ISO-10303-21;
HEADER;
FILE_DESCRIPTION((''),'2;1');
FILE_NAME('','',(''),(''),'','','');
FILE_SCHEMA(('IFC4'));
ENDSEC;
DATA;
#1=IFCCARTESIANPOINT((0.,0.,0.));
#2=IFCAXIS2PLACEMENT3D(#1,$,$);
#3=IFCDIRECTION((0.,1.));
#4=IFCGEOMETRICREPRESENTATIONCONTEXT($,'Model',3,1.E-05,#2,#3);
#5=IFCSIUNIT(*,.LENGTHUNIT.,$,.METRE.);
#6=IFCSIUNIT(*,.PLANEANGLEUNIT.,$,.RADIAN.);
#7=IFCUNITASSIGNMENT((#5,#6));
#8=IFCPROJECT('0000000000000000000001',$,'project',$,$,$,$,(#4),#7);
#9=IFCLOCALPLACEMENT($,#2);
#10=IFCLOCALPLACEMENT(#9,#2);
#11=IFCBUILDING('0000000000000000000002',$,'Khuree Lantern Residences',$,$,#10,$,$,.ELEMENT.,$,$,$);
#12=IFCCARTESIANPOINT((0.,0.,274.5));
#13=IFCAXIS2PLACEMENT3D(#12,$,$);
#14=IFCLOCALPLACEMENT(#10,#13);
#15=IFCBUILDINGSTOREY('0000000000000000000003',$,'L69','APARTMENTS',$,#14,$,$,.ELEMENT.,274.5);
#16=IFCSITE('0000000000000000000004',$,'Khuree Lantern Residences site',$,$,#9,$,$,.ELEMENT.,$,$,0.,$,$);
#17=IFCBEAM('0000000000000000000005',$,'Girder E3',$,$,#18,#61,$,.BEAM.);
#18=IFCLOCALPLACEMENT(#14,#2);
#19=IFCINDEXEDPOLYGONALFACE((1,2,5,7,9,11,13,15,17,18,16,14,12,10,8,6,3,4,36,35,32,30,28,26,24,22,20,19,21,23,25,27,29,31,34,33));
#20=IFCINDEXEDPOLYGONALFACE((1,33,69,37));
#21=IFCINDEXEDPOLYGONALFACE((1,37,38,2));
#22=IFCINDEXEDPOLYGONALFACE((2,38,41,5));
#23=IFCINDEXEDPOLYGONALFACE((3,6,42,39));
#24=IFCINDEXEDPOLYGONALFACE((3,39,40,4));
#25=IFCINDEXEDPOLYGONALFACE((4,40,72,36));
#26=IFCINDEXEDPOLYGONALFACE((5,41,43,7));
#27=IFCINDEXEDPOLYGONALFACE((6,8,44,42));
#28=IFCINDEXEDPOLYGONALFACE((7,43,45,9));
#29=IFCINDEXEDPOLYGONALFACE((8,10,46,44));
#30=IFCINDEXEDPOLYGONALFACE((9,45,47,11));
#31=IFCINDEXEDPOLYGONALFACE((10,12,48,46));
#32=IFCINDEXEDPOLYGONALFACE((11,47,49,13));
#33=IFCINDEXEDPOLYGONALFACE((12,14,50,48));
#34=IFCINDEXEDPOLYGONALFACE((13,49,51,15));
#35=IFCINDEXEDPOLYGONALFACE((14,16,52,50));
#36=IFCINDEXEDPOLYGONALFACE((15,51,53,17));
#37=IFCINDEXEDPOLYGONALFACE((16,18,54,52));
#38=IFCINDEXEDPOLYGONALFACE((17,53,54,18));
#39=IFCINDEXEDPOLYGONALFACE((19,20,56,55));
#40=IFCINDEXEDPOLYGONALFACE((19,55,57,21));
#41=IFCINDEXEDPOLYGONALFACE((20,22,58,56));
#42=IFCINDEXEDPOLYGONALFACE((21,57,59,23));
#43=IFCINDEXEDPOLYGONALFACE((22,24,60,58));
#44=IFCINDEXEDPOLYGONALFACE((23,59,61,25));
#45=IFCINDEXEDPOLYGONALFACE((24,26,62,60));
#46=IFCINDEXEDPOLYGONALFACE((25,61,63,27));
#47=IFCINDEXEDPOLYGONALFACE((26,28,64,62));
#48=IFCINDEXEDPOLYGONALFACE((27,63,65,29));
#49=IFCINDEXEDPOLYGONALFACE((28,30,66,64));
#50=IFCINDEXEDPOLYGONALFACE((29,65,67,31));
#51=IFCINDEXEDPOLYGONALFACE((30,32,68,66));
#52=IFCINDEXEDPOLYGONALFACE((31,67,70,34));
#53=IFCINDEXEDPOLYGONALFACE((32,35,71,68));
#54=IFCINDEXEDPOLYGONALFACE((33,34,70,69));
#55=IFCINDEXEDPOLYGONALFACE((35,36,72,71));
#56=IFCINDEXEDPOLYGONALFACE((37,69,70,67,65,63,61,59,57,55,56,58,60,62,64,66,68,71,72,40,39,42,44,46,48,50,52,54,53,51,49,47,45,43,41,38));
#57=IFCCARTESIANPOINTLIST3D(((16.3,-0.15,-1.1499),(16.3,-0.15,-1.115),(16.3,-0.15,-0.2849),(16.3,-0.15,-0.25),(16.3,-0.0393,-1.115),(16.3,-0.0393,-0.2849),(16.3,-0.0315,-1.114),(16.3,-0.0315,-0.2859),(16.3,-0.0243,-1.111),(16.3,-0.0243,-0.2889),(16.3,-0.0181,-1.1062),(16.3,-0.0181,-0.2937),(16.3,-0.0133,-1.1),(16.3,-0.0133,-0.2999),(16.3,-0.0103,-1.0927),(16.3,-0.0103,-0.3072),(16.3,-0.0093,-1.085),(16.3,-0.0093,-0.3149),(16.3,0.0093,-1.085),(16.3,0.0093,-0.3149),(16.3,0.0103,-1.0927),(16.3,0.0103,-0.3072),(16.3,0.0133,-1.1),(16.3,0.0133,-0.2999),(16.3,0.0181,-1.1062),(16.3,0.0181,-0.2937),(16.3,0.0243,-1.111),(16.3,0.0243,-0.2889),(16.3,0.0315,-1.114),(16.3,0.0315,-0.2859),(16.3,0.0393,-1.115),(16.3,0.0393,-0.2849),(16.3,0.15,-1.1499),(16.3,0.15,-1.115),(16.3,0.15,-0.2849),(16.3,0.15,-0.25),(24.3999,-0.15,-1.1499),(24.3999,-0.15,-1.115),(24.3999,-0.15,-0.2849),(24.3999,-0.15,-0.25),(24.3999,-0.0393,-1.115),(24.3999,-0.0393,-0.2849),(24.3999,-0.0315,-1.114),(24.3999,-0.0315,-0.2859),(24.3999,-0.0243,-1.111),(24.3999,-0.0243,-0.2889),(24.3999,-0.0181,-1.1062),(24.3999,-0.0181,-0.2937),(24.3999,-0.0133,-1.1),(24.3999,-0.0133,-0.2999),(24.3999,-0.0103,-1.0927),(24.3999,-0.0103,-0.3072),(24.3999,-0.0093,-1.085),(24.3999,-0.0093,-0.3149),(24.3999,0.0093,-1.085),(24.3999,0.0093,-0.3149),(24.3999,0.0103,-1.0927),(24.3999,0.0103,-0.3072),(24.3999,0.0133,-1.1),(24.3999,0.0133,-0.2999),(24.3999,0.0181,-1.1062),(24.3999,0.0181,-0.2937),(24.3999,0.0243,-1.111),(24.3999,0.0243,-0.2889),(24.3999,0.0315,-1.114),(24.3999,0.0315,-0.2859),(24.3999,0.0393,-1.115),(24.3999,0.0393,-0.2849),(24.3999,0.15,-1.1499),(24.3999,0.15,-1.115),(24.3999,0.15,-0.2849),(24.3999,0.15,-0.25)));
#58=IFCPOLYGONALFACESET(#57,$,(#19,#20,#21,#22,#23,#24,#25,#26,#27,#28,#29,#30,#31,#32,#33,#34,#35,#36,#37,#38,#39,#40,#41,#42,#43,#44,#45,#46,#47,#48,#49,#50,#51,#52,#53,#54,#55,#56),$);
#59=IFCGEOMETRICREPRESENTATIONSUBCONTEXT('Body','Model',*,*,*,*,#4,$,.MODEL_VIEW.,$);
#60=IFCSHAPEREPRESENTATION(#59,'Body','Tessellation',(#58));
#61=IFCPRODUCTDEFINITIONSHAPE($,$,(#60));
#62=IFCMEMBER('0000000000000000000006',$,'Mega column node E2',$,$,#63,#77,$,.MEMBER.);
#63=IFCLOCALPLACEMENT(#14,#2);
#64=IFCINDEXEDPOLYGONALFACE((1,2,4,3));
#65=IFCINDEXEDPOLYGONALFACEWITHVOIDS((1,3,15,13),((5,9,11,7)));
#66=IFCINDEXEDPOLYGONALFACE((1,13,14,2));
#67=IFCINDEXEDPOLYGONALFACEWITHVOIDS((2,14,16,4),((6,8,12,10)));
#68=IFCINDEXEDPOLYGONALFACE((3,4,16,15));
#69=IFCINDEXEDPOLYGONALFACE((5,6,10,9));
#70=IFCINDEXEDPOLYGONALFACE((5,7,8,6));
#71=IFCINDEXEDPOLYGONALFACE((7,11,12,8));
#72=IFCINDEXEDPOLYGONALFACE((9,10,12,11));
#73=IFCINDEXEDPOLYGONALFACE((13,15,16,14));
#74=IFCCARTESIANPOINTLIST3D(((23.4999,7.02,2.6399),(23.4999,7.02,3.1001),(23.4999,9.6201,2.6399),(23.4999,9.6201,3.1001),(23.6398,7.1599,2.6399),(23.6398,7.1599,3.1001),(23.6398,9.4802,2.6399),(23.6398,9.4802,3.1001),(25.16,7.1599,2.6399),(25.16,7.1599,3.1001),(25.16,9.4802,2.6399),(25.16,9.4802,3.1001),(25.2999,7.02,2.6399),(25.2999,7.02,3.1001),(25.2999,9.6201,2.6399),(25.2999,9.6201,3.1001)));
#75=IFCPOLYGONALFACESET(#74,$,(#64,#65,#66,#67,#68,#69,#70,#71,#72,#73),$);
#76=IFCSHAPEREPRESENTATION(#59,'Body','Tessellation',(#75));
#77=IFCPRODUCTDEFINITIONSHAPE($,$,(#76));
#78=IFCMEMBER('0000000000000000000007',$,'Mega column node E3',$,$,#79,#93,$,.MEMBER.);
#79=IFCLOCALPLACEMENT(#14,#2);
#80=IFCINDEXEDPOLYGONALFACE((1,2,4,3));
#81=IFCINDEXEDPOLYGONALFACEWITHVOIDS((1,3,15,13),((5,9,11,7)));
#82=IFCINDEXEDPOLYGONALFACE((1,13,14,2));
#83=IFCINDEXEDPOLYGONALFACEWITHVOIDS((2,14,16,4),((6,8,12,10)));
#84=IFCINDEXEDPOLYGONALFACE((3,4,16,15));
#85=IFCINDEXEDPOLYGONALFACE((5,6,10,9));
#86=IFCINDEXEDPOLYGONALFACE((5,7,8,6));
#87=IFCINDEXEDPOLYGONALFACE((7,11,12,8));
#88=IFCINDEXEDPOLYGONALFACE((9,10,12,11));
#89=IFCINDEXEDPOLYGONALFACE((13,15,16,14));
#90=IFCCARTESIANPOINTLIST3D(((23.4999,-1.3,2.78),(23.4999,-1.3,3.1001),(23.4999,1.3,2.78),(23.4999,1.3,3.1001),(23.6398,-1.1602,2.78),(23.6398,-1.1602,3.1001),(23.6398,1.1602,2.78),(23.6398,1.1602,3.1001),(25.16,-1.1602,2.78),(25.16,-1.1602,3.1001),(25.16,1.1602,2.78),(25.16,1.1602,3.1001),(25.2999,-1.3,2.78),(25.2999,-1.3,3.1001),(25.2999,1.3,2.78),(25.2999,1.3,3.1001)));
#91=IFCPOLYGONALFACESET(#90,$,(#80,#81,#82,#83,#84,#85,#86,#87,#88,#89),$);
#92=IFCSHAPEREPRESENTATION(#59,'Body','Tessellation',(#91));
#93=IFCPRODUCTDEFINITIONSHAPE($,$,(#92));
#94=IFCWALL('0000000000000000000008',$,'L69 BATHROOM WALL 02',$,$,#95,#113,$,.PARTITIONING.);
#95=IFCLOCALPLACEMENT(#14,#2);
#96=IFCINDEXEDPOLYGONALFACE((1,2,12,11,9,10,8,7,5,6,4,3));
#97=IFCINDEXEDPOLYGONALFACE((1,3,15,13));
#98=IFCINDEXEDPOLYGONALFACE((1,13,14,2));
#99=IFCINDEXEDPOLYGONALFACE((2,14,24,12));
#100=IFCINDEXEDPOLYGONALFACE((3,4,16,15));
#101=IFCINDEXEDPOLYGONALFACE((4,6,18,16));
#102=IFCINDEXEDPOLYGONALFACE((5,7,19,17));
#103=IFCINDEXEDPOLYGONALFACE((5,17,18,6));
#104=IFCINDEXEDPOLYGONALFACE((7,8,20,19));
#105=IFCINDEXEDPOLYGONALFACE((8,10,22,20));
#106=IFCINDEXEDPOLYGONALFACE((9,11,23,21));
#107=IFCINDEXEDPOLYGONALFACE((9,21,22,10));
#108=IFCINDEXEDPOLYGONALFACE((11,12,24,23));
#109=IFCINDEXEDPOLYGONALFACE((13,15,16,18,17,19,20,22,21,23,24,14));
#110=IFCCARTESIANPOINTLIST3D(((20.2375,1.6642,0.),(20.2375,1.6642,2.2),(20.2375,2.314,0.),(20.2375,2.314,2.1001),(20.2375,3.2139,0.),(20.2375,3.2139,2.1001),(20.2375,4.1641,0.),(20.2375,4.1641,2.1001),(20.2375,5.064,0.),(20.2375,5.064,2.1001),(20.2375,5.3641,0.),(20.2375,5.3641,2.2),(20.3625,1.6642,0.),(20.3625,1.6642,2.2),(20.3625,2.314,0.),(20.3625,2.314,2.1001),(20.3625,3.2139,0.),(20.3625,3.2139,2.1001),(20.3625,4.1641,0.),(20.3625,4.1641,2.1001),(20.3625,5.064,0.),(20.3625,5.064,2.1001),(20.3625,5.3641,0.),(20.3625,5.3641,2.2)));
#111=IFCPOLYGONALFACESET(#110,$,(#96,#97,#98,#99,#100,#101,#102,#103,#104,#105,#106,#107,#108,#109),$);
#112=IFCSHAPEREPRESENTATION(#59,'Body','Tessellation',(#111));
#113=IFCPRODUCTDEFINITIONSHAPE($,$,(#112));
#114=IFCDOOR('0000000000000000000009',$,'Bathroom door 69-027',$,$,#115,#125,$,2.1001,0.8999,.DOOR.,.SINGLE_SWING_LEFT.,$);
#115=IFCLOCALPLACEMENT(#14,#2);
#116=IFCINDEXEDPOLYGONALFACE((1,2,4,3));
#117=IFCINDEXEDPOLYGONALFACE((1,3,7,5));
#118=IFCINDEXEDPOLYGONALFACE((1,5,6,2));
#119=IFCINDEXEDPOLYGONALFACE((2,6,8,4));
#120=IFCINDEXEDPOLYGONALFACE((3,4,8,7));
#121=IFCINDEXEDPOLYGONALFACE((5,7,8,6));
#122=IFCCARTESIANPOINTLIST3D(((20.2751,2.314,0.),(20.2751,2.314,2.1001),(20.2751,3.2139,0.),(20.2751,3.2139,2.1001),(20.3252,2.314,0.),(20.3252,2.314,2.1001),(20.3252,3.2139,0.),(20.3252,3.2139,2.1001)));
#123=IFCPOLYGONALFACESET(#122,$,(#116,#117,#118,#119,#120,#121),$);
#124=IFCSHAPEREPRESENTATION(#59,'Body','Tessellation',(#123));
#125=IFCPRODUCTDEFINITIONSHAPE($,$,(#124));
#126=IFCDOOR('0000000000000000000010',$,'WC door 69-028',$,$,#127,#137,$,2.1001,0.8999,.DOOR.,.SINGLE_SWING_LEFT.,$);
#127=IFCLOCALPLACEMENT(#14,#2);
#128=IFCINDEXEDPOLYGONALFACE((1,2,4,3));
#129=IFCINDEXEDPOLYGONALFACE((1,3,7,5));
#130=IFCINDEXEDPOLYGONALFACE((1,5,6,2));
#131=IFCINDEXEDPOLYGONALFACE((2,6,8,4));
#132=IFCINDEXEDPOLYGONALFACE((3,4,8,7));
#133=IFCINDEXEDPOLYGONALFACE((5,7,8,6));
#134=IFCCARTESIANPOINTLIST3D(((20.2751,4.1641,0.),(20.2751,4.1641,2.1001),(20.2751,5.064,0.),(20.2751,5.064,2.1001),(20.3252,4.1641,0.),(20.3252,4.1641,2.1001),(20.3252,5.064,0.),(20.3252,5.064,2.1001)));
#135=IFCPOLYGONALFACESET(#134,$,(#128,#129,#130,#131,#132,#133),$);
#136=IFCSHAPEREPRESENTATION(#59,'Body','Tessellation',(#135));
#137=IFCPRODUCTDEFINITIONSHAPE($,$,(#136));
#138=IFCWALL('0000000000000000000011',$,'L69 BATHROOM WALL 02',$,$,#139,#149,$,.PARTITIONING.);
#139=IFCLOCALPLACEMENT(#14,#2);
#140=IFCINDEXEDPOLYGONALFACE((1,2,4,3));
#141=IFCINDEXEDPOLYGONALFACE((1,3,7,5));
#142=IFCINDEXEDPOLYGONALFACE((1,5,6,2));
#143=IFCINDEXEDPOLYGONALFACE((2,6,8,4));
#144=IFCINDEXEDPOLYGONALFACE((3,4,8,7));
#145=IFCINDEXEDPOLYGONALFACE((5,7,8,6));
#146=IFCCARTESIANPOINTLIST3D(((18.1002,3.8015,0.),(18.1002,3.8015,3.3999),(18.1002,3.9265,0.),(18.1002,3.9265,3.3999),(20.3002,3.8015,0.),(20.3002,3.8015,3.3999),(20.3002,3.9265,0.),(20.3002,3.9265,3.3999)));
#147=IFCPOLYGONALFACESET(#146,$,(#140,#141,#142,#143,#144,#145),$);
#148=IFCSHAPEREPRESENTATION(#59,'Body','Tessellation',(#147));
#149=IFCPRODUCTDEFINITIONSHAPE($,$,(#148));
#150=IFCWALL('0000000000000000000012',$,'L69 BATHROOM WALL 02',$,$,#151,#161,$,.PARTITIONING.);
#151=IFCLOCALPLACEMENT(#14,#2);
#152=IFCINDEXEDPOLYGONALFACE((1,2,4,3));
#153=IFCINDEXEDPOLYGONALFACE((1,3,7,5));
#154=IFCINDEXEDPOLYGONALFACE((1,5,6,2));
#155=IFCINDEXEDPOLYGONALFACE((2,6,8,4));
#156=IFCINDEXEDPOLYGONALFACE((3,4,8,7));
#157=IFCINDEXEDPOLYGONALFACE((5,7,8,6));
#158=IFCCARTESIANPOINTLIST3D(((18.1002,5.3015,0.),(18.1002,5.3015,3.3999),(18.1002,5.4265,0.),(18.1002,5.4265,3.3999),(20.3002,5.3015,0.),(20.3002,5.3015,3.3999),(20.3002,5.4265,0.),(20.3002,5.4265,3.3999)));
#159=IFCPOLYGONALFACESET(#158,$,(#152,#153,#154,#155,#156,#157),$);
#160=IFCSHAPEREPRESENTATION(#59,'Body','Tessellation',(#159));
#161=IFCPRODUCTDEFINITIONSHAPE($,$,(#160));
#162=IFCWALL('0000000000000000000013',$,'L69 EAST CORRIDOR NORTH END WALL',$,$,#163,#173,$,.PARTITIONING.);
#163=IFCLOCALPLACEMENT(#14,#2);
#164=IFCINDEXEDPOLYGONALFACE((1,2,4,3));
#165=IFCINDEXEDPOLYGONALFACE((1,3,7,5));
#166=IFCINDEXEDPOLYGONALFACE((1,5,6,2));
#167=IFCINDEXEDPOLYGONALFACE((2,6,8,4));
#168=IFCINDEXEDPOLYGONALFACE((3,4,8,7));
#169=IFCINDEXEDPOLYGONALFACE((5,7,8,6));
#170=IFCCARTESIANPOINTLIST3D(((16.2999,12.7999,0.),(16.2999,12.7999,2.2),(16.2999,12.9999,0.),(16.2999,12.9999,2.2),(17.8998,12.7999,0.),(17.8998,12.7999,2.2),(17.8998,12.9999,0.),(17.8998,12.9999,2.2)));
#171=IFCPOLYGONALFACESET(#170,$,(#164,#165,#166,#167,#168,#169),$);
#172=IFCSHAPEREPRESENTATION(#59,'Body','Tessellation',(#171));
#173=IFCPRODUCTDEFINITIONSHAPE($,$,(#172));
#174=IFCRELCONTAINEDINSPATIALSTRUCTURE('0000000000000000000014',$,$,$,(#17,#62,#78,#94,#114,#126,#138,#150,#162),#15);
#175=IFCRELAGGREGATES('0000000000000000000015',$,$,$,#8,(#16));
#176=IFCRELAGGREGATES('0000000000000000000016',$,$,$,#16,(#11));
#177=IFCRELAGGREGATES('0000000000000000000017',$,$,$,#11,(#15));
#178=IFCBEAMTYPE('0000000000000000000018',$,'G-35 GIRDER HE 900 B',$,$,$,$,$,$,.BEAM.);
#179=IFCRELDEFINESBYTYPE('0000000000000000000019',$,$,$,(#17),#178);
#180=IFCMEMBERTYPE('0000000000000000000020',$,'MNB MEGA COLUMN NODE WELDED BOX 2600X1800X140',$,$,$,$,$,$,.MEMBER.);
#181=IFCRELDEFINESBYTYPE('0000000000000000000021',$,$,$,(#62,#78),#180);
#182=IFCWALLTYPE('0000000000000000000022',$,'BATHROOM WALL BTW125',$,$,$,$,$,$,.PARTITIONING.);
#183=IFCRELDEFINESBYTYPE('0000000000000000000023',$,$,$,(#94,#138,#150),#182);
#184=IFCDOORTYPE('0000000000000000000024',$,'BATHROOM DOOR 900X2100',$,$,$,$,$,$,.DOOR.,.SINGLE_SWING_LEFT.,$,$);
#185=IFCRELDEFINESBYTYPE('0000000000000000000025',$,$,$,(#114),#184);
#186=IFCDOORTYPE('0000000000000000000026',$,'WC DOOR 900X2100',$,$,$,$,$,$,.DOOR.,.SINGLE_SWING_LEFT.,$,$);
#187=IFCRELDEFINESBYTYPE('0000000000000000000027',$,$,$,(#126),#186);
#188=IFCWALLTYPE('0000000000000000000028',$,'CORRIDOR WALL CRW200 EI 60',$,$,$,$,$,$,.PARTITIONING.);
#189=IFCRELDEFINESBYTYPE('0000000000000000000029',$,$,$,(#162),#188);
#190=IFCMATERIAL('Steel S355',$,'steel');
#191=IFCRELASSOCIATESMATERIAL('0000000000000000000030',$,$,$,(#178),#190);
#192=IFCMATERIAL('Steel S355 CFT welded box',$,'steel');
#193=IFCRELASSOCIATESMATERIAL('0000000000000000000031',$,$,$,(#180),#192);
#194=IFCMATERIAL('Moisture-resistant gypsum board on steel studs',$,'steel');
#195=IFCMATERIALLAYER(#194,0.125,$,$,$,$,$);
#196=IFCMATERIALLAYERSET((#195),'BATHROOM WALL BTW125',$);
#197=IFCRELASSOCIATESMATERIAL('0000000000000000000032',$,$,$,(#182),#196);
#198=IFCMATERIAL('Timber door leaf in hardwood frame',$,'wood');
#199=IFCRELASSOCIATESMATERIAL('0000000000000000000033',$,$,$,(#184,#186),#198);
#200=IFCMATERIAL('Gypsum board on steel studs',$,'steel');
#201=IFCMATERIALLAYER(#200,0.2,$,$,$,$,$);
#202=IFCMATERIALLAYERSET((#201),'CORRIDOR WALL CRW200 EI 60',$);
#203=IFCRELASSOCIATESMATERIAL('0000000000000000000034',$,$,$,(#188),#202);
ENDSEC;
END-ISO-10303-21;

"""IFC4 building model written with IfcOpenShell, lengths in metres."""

from ifc_helpers import new_model, si_unit, direction, frame, frame_2d, origin, origin_2d, place, context, subcontext, project, spatial, rectangle, hollow_rectangle, i_section, extrude, material, layer, layer_set, material_profile, profile_set, type_object, element, fill, save


model = new_model("IFC4")

# Units and contexts
model_context = context("Model", 3, precision=1e-05, world=origin(), true_north=direction((0.0, 1.0)))
body_context = subcontext(model_context, "Body", "Model", "MODEL_VIEW")
ifc_project = project(units=[si_unit("LENGTHUNIT", "METRE"), si_unit("PLANEANGLEUNIT", "RADIAN")], contexts=[model_context])

# Site, building, storey
site_placement = place(None, origin())
site = spatial("IfcSite", under=ifc_project, at=site_placement, Name="Khuree Lantern Residences site", CompositionType="ELEMENT", RefElevation=0.0)
building_placement = place(site_placement, origin())
building = spatial("IfcBuilding", under=site, at=building_placement, Name="Khuree Lantern Residences", CompositionType="ELEMENT")
storey_placement = place(building_placement, frame((0.0, 0.0, 274.5)))
storey = spatial("IfcBuildingStorey", under=building, at=storey_placement, Name="L69", Description="APARTMENTS", CompositionType="ELEMENT", Elevation=274.5)

# Shared definitions
ifc_material_1 = material(Name="Steel S355 CFT welded box", Category="steel")

# Beam
ifc_material_2 = material(Name="Steel S355", Category="steel")
ifc_material_profile_1 = material_profile(ifc_material_2, i_section(OverallWidth=0.3, OverallDepth=0.8999, WebThickness=0.0186, FlangeThickness=0.0349, FilletRadius=0.03, at=origin_2d()), Name="HE 900 B")
ifc_profile_set_1 = profile_set([ifc_material_profile_1], Name="Steel S355")
beam_type_1 = type_object("IfcBeamType", Name="G-35 GIRDER HE 900 B", PredefinedType="BEAM", material=ifc_profile_set_1)
beam_1_placement = place(storey_placement, frame((24.3999, 0.0, -0.7), z_axis=(-1.0, 0.0, 0.0), x_axis=(0.0, -1.0, 0.0)))
element("IfcBeam", 1, at=beam_1_placement, inside=storey, type_object=beam_type_1, Name="Girder E3", PredefinedType="BEAM", context=body_context, shape_type="SweptSolid", body=[
    extrude(i_section(OverallWidth=0.3, OverallDepth=0.8999, WebThickness=0.0186, FlangeThickness=0.0349, FilletRadius=0.03, at=origin_2d()), origin(), (0.0, 0.0, 1.0), 8.0999),
])

# Members
ifc_material_profile_2 = material_profile(ifc_material_1, hollow_rectangle(XDim=2.6001, YDim=1.8, WallThickness=0.1399, at=origin_2d()), Name="WELDED BOX 2600X1800X140")
ifc_profile_set_2 = profile_set([ifc_material_profile_2], Name="Steel S355 CFT welded box")
member_type = type_object("IfcMemberType", Name="MNB MEGA COLUMN NODE WELDED BOX 2600X1800X140", PredefinedType="MEMBER", material=ifc_profile_set_2)
member_1_placement = place(storey_placement, frame((24.3999, 8.3201, 2.6399), z_axis=(0.0, 0.0, 1.0), x_axis=(0.0, 1.0, 0.0)))
element("IfcMember", 2, at=member_1_placement, inside=storey, type_object=member_type, Name="Mega column node E2", PredefinedType="MEMBER", context=body_context, shape_type="SweptSolid", body=[
    extrude(hollow_rectangle(XDim=2.6001, YDim=1.8, WallThickness=0.1399, at=origin_2d()), origin(), (0.0, 0.0, 1.0), 0.4602),
])
member_2_placement = place(storey_placement, frame((24.3999, 0.0, 2.78), z_axis=(0.0, 0.0, 1.0), x_axis=(0.0, 1.0, 0.0)))
element("IfcMember", 3, at=member_2_placement, inside=storey, type_object=member_type, Name="Mega column node E3", PredefinedType="MEMBER", context=body_context, shape_type="SweptSolid", body=[
    extrude(hollow_rectangle(XDim=2.6001, YDim=1.8, WallThickness=0.1399, at=origin_2d()), origin(), (0.0, 0.0, 1.0), 0.3201),
])

# Wall, openings, doors
ifc_material_3 = material(Name="Moisture-resistant gypsum board on steel studs", Category="steel")
ifc_layer_1 = layer(ifc_material_3, 0.125)
ifc_layer_set_1 = layer_set([ifc_layer_1], Name="BATHROOM WALL BTW125")
wall_type_1 = type_object("IfcWallType", Name="BATHROOM WALL BTW125", PredefinedType="PARTITIONING", material=ifc_layer_set_1)
wall_1_placement = place(storey_placement, frame((20.3, 1.6641, 0.0), z_axis=(0.0, 0.0, 1.0), x_axis=(0.0, 1.0, 0.0)))
wall_1 = element("IfcWall", 4, at=wall_1_placement, inside=storey, type_object=wall_type_1, Name="L69 BATHROOM WALL 02", PredefinedType="PARTITIONING", context=body_context, shape_type="SweptSolid", body=[
    extrude(rectangle(XDim=3.7, YDim=0.125, at=frame_2d((1.8501, 0.0))), origin(), (0.0, 0.0, 1.0), 2.2),
])
opening_1_placement = place(wall_1_placement, frame((0.6499, 0.0, 0.0)))
opening_1 = element("IfcOpeningElement", 5, at=opening_1_placement, cuts=wall_1, PredefinedType="OPENING", context=body_context, shape_type="SweptSolid", body=[
    extrude(rectangle(XDim=0.8999, YDim=2.1001, at=frame_2d((0.45, 1.05))), frame((0.0, 0.0725, 0.0), z_axis=(0.0, -1.0, 0.0), x_axis=(1.0, 0.0, 0.0)), (0.0, 0.0, 1.0), 0.145),
])
opening_2_placement = place(wall_1_placement, frame((2.5, 0.0, 0.0)))
opening_2 = element("IfcOpeningElement", 6, at=opening_2_placement, cuts=wall_1, PredefinedType="OPENING", context=body_context, shape_type="SweptSolid", body=[
    extrude(rectangle(XDim=0.8999, YDim=2.1001, at=frame_2d((0.45, 1.05))), frame((0.0, 0.0725, 0.0), z_axis=(0.0, -1.0, 0.0), x_axis=(1.0, 0.0, 0.0)), (0.0, 0.0, 1.0), 0.145),
])
ifc_material_4 = material(Name="Timber door leaf in hardwood frame", Category="wood")
door_type_1 = type_object("IfcDoorType", Name="BATHROOM DOOR 900X2100", OperationType="SINGLE_SWING_LEFT", PredefinedType="DOOR", material=ifc_material_4)
door_1_placement = place(opening_1_placement, origin())
door_1 = element("IfcDoor", 7, at=door_1_placement, inside=storey, type_object=door_type_1, Name="Bathroom door 69-027", OperationType="SINGLE_SWING_LEFT", OverallHeight=2.1001, OverallWidth=0.8999, PredefinedType="DOOR", context=body_context, shape_type="SweptSolid", body=[
    extrude(rectangle(XDim=0.8999, YDim=2.1001, at=frame_2d((0.45, 1.05))), frame((0.0, 0.0249, 0.0), z_axis=(0.0, -1.0, 0.0), x_axis=(1.0, 0.0, 0.0)), (0.0, 0.0, 1.0), 0.05),
])
fill(opening_1, door_1)
door_type_2 = type_object("IfcDoorType", Name="WC DOOR 900X2100", OperationType="SINGLE_SWING_LEFT", PredefinedType="DOOR", material=ifc_material_4)
door_2_placement = place(opening_2_placement, origin())
door_2 = element("IfcDoor", 8, at=door_2_placement, inside=storey, type_object=door_type_2, Name="WC door 69-028", OperationType="SINGLE_SWING_LEFT", OverallHeight=2.1001, OverallWidth=0.8999, PredefinedType="DOOR", context=body_context, shape_type="SweptSolid", body=[
    extrude(rectangle(XDim=0.8999, YDim=2.1001, at=frame_2d((0.45, 1.05))), frame((0.0, 0.0249, 0.0), z_axis=(0.0, -1.0, 0.0), x_axis=(1.0, 0.0, 0.0)), (0.0, 0.0, 1.0), 0.05),
])
fill(opening_2, door_2)

# Walls
for number, where, z_axis, x_axis, name in (
    (9, (18.1001, 3.864, 0.0), (0.0, 0.0, 1.0), (1.0, 0.0, 0.0), "L69 BATHROOM WALL 02"),
    (10, (18.1001, 5.364, 0.0), (0.0, 0.0, 1.0), (1.0, 0.0, 0.0), "L69 BATHROOM WALL 02"),
):
    element("IfcWall", number, at=place(storey_placement, frame(where, z_axis=z_axis, x_axis=x_axis)), inside=storey, type_object=wall_type_1, Name=name, PredefinedType="PARTITIONING", context=body_context, shape_type="SweptSolid", body=[
        extrude(rectangle(XDim=2.2, YDim=0.125, at=frame_2d((1.1001, 0.0))), origin(), (0.0, 0.0, 1.0), 3.3999),
    ])
ifc_material_5 = material(Name="Gypsum board on steel studs", Category="steel")
ifc_layer_2 = layer(ifc_material_5, 0.2)
ifc_layer_set_2 = layer_set([ifc_layer_2], Name="CORRIDOR WALL CRW200 EI 60")
wall_type_2 = type_object("IfcWallType", Name="CORRIDOR WALL CRW200 EI 60", PredefinedType="PARTITIONING", material=ifc_layer_set_2)
wall_2_placement = place(storey_placement, frame((16.3, 12.8999, 0.0), z_axis=(0.0, 0.0, 1.0), x_axis=(1.0, 0.0, 0.0)))
element("IfcWall", 11, at=wall_2_placement, inside=storey, type_object=wall_type_2, Name="L69 EAST CORRIDOR NORTH END WALL", PredefinedType="PARTITIONING", context=body_context, shape_type="SweptSolid", body=[
    extrude(rectangle(XDim=1.5999, YDim=0.2, at=frame_2d((0.7998, 0.0))), origin(), (0.0, 0.0, 1.0), 2.2),
])

save(model, "model.ifc")
